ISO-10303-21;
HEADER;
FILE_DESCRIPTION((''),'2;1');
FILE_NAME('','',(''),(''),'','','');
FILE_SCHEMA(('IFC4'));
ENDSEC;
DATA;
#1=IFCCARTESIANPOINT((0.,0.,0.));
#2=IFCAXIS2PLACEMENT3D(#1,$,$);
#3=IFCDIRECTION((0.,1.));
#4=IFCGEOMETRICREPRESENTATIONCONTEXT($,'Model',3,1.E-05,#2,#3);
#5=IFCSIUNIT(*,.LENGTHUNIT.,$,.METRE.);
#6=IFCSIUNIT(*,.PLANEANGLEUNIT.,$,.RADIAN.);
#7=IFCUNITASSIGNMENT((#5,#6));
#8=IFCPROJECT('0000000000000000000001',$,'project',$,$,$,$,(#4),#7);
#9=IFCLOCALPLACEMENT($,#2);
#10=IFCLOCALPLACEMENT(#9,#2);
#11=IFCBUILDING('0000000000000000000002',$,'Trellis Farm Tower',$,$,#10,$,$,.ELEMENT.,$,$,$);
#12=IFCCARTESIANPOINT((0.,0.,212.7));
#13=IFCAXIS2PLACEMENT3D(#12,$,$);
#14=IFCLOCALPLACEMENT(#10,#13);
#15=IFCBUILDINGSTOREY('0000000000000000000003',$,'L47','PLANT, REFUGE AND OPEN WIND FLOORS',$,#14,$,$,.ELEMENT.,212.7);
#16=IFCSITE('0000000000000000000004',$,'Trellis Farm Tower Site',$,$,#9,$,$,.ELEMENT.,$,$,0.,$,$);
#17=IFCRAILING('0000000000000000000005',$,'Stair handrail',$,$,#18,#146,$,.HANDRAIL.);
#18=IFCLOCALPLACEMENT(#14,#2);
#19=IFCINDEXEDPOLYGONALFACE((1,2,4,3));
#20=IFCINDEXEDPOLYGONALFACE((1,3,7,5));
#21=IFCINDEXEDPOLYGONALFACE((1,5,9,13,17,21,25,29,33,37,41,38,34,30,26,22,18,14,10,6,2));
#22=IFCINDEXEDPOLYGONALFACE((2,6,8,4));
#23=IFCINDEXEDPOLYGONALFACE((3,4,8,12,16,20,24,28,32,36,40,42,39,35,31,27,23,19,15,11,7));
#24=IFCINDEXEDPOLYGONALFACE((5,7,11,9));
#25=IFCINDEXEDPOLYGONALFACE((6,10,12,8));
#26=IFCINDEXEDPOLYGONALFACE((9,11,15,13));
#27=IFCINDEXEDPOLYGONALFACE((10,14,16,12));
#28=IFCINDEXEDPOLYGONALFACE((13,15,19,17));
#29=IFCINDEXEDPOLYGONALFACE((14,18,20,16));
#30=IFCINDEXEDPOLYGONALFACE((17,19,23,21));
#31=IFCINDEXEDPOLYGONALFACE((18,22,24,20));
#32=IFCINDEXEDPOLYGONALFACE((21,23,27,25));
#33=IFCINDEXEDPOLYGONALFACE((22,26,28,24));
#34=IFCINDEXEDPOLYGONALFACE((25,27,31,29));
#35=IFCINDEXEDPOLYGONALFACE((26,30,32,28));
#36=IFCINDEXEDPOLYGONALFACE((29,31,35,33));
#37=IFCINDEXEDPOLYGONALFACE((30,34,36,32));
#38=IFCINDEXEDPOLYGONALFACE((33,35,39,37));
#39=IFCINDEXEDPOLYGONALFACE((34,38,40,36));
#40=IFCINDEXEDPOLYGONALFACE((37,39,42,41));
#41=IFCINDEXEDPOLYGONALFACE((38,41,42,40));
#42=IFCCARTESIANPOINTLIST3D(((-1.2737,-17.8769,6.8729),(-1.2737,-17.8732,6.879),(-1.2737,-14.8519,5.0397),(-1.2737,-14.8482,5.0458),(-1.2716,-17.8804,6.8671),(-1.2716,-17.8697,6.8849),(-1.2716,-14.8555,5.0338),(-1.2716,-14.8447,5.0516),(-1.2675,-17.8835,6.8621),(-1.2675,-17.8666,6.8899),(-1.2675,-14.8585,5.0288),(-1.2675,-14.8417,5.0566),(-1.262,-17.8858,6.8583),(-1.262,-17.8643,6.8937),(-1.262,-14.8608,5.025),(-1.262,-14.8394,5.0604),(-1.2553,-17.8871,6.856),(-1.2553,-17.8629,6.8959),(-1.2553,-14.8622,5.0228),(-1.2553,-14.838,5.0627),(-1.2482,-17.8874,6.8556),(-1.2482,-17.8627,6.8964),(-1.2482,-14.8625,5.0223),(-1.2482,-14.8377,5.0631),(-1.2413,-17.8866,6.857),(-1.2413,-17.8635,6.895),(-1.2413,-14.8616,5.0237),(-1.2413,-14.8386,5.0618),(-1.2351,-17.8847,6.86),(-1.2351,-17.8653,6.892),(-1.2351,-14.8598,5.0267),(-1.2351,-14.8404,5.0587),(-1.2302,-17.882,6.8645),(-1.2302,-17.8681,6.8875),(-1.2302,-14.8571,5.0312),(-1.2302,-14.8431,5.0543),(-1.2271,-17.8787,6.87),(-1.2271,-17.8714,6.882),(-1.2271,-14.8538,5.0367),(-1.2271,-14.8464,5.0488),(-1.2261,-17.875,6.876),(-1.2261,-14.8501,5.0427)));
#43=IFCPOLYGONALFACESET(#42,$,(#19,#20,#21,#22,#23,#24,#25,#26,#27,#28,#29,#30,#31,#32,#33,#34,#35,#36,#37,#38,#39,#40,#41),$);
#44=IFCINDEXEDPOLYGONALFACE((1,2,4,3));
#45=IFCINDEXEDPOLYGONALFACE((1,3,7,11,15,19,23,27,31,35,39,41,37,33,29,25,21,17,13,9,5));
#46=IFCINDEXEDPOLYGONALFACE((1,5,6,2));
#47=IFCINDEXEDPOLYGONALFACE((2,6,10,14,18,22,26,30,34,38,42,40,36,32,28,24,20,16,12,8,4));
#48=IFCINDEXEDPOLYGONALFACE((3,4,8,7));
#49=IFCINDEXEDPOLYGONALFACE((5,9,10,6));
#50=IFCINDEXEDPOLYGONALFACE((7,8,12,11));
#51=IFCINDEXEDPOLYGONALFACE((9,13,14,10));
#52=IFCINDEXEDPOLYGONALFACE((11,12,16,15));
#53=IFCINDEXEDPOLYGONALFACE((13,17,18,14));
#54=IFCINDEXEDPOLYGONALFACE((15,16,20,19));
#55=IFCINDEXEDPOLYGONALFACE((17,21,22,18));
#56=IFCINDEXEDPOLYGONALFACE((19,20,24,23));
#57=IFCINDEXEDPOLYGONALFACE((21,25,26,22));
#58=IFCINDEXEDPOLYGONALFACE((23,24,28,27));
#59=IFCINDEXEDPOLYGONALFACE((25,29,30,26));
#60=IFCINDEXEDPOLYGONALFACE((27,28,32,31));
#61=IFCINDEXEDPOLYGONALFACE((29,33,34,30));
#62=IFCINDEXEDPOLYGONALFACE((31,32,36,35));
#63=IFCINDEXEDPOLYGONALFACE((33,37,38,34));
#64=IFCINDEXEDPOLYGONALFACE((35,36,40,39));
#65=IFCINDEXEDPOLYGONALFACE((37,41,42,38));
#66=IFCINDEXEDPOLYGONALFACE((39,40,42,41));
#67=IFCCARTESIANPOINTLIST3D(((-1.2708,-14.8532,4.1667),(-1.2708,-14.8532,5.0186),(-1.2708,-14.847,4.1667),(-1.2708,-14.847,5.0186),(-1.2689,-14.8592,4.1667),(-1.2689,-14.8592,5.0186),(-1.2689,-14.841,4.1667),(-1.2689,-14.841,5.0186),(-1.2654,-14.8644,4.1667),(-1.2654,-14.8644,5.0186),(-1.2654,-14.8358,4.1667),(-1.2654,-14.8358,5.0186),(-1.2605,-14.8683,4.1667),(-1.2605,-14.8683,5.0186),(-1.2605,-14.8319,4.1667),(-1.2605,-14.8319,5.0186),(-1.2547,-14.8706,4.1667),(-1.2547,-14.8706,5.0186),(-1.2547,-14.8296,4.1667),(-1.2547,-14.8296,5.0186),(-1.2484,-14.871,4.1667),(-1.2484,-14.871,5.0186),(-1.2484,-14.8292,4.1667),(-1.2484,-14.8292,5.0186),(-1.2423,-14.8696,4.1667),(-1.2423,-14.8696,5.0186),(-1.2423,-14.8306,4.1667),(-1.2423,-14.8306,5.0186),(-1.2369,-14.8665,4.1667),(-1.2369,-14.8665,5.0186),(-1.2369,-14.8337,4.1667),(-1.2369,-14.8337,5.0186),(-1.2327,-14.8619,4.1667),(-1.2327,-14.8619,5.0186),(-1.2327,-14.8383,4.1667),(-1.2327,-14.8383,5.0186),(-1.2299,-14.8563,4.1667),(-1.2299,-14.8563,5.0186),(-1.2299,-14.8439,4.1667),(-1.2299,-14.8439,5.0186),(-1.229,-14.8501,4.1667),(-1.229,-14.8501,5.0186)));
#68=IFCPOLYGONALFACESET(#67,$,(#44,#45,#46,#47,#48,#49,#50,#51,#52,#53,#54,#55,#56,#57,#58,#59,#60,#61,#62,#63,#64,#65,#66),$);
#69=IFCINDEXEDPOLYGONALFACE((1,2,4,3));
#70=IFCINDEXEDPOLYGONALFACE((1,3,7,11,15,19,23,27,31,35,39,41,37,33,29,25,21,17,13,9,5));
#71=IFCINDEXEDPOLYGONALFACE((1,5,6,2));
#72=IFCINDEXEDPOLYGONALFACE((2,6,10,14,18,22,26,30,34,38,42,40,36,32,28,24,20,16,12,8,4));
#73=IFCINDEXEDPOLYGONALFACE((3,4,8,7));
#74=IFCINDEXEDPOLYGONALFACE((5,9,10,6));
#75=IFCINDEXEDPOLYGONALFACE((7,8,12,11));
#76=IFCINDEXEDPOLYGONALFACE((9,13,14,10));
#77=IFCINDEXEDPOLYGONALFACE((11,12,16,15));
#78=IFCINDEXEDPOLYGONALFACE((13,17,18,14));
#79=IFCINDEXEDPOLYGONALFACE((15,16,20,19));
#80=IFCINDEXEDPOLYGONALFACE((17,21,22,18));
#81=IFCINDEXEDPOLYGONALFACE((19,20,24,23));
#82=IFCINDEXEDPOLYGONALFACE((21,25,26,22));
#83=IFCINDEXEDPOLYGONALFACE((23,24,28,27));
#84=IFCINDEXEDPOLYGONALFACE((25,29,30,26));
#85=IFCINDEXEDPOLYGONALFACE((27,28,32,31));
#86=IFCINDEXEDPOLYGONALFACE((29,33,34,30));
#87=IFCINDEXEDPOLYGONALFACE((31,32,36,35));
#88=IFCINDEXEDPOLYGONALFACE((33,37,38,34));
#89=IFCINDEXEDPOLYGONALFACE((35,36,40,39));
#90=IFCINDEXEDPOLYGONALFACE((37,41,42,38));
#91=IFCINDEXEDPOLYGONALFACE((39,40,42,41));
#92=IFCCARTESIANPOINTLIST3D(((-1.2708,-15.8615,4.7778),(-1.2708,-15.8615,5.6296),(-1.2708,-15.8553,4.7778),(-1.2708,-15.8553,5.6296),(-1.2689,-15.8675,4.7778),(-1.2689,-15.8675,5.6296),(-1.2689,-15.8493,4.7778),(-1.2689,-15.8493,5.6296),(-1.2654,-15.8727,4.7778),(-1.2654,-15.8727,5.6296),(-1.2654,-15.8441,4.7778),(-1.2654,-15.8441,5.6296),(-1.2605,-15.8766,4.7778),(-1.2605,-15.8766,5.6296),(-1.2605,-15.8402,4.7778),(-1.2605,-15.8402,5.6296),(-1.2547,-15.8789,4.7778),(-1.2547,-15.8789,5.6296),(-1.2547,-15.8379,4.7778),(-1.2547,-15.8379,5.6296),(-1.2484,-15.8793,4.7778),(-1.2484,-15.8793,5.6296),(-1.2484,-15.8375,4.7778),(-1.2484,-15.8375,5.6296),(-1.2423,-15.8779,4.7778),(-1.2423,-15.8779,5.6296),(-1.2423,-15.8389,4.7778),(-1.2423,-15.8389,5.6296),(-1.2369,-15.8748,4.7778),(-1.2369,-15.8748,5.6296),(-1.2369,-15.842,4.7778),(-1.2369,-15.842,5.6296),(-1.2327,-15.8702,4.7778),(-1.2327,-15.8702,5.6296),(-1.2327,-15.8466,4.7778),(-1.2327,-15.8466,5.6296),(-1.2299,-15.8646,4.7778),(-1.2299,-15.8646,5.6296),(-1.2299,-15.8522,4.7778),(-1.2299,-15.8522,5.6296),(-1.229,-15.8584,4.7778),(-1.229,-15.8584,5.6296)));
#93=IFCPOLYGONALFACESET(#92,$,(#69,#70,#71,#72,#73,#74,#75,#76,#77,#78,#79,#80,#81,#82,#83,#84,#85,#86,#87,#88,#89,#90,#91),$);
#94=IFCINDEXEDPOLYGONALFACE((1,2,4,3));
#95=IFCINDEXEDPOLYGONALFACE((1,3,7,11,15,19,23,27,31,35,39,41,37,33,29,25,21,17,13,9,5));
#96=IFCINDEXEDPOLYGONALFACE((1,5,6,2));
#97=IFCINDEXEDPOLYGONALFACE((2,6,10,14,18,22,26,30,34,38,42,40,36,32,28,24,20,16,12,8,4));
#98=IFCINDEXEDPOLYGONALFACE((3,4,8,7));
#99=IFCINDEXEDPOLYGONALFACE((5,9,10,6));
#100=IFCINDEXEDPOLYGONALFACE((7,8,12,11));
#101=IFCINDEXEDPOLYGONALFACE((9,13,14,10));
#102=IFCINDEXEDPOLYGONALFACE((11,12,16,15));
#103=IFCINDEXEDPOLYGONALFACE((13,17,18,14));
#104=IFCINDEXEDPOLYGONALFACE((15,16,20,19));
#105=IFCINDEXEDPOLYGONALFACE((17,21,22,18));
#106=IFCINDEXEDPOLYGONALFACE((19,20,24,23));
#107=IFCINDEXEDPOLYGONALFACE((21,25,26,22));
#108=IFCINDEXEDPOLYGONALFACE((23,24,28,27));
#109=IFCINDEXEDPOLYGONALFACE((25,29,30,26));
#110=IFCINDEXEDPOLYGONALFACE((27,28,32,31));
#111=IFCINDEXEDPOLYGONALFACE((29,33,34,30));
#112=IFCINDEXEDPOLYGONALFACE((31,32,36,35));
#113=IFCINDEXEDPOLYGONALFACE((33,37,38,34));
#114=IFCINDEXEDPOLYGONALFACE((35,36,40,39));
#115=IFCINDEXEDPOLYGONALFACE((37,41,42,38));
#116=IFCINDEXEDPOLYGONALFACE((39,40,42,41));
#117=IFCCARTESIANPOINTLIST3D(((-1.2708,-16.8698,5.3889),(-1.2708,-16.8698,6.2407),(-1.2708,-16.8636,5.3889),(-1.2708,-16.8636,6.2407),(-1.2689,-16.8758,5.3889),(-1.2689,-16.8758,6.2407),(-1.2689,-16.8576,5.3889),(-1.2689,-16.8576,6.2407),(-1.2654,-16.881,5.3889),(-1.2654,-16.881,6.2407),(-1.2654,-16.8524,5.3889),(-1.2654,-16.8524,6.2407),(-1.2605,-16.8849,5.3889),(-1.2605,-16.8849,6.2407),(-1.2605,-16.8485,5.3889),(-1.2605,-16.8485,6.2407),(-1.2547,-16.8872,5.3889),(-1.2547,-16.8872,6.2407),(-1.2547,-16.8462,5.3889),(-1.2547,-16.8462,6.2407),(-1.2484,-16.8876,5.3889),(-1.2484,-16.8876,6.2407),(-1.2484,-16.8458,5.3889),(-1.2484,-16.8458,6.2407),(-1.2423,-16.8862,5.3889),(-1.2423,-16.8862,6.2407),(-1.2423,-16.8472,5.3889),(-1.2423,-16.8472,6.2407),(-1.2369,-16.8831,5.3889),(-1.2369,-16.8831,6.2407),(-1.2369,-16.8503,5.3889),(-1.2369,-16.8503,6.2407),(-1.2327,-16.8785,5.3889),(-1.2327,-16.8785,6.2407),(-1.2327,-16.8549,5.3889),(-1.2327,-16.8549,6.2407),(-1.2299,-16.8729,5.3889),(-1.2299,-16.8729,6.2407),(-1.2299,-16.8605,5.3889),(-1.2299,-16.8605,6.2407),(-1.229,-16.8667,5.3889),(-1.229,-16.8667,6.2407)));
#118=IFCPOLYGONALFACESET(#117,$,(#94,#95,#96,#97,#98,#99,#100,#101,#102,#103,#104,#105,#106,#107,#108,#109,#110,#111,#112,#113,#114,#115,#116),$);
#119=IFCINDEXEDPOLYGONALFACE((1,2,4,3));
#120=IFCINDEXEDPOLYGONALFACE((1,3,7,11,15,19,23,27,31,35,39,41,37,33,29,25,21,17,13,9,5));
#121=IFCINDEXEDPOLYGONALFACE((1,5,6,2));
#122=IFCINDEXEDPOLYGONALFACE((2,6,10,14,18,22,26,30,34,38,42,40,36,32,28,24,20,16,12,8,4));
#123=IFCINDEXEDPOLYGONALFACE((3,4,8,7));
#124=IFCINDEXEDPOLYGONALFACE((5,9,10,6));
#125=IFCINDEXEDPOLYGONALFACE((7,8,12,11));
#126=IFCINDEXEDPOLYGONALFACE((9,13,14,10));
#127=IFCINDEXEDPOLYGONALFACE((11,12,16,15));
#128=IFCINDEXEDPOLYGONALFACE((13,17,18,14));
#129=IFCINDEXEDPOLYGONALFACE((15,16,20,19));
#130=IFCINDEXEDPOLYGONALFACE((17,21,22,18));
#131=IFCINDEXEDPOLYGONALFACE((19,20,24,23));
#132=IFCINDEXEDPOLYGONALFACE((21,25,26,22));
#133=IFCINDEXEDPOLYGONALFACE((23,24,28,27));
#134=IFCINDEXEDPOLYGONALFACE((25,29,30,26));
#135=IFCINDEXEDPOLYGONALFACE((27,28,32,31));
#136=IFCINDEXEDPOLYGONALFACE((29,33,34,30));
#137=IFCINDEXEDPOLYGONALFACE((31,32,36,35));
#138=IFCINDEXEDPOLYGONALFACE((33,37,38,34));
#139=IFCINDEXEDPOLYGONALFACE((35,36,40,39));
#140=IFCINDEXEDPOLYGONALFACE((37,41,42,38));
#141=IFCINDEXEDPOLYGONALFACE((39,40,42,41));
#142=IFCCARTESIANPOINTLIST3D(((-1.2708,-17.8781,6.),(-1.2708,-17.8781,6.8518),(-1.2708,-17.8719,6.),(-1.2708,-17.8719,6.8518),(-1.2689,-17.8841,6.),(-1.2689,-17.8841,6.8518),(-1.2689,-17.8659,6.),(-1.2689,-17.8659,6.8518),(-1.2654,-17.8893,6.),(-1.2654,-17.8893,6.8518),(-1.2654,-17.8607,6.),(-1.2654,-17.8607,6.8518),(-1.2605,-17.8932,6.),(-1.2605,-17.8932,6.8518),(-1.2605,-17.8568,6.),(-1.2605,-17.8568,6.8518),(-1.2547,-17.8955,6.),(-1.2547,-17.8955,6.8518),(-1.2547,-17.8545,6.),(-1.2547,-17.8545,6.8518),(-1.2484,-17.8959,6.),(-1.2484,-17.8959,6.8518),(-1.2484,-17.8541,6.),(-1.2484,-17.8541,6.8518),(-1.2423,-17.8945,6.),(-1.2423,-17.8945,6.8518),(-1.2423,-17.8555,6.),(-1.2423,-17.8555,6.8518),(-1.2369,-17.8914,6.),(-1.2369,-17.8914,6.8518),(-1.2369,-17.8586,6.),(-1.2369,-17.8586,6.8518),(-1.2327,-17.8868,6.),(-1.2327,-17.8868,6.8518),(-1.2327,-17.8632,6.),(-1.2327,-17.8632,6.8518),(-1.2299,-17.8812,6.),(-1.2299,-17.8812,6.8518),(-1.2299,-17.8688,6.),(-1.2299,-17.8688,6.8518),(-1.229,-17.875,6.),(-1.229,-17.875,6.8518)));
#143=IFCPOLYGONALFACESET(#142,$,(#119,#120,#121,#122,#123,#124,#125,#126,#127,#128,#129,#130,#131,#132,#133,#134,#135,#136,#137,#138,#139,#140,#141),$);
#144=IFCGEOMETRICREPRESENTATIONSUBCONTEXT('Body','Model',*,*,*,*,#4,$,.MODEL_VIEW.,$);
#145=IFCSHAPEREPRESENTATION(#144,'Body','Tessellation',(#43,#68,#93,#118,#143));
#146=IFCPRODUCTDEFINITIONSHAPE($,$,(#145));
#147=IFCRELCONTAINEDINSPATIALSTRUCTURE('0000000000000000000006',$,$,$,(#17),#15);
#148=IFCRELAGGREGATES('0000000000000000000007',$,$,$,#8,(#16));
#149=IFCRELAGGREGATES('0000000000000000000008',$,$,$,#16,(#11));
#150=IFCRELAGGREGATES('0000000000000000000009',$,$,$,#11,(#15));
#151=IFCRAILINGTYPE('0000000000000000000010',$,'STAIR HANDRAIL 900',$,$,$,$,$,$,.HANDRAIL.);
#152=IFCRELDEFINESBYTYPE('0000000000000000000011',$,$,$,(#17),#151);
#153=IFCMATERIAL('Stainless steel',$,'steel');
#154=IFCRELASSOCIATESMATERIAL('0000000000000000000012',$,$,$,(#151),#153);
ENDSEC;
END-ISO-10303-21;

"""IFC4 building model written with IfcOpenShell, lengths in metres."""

from ifc_helpers import new_model, si_unit, direction, frame, origin, origin_2d, place, context, subcontext, project, spatial, circle, extrude, source, transform, mapped, material, type_object, element, save


model = new_model("IFC4")

# Units and contexts
model_context = context("Model", 3, precision=1e-05, world=origin(), true_north=direction((0.0, 1.0)))
body_context = subcontext(model_context, "Body", "Model", "MODEL_VIEW")
ifc_project = project(units=[si_unit("LENGTHUNIT", "METRE"), si_unit("PLANEANGLEUNIT", "RADIAN")], contexts=[model_context])

# Site, building, storey
site_placement = place(None, origin())
site = spatial("IfcSite", under=ifc_project, at=site_placement, Name="Trellis Farm Tower Site", CompositionType="ELEMENT", RefElevation=0.0)
building_placement = place(site_placement, origin())
building = spatial("IfcBuilding", under=site, at=building_placement, Name="Trellis Farm Tower", CompositionType="ELEMENT")
storey_placement = place(building_placement, frame((0.0, 0.0, 212.7)))
storey = spatial("IfcBuildingStorey", under=building, at=storey_placement, Name="L47", Description="PLANT, REFUGE AND OPEN WIND FLOORS", CompositionType="ELEMENT", Elevation=212.7)

# Railing
ifc_material_1 = material(Name="Stainless steel", Category="steel")
railing_type_1 = type_object("IfcRailingType", Name="STAIR HANDRAIL 900", PredefinedType="HANDRAIL", material=ifc_material_1)
shared_shape_1 = source(origin(), body_context, "Body", "SweptSolid", [
    extrude(circle(Radius=0.0239, at=origin_2d()), frame((0.0, 0.0, 0.876), z_axis=(0.0, -0.855201, 0.518297), x_axis=(1.0, 0.0, 0.0)), (0.0, 0.0, 1.0), 3.5371),
    extrude(circle(Radius=0.021, at=origin_2d()), origin(), (0.0, 0.0, 1.0), 0.8518),
    extrude(circle(Radius=0.021, at=origin_2d()), frame((0.0, -1.0083, 0.6111)), (0.0, 0.0, 1.0), 0.8518),
    extrude(circle(Radius=0.021, at=origin_2d()), frame((0.0, -2.0166, 1.2222)), (0.0, 0.0, 1.0), 0.8518),
    extrude(circle(Radius=0.021, at=origin_2d()), frame((0.0, -3.0249, 1.8333)), (0.0, 0.0, 1.0), 0.8518),
])
for number, where, name in (
    (1, (-1.25, -14.8501, 4.1667), "Stair handrail"),
):
    element("IfcRailing", number, at=place(storey_placement, frame(where)), inside=storey, type_object=railing_type_1, Name=name, PredefinedType="HANDRAIL", context=body_context, shape_type="MappedRepresentation", body=[
        mapped(shared_shape_1, transform((0.0, 0.0, 0.0))),
    ])

save(model, "model.ifc")
